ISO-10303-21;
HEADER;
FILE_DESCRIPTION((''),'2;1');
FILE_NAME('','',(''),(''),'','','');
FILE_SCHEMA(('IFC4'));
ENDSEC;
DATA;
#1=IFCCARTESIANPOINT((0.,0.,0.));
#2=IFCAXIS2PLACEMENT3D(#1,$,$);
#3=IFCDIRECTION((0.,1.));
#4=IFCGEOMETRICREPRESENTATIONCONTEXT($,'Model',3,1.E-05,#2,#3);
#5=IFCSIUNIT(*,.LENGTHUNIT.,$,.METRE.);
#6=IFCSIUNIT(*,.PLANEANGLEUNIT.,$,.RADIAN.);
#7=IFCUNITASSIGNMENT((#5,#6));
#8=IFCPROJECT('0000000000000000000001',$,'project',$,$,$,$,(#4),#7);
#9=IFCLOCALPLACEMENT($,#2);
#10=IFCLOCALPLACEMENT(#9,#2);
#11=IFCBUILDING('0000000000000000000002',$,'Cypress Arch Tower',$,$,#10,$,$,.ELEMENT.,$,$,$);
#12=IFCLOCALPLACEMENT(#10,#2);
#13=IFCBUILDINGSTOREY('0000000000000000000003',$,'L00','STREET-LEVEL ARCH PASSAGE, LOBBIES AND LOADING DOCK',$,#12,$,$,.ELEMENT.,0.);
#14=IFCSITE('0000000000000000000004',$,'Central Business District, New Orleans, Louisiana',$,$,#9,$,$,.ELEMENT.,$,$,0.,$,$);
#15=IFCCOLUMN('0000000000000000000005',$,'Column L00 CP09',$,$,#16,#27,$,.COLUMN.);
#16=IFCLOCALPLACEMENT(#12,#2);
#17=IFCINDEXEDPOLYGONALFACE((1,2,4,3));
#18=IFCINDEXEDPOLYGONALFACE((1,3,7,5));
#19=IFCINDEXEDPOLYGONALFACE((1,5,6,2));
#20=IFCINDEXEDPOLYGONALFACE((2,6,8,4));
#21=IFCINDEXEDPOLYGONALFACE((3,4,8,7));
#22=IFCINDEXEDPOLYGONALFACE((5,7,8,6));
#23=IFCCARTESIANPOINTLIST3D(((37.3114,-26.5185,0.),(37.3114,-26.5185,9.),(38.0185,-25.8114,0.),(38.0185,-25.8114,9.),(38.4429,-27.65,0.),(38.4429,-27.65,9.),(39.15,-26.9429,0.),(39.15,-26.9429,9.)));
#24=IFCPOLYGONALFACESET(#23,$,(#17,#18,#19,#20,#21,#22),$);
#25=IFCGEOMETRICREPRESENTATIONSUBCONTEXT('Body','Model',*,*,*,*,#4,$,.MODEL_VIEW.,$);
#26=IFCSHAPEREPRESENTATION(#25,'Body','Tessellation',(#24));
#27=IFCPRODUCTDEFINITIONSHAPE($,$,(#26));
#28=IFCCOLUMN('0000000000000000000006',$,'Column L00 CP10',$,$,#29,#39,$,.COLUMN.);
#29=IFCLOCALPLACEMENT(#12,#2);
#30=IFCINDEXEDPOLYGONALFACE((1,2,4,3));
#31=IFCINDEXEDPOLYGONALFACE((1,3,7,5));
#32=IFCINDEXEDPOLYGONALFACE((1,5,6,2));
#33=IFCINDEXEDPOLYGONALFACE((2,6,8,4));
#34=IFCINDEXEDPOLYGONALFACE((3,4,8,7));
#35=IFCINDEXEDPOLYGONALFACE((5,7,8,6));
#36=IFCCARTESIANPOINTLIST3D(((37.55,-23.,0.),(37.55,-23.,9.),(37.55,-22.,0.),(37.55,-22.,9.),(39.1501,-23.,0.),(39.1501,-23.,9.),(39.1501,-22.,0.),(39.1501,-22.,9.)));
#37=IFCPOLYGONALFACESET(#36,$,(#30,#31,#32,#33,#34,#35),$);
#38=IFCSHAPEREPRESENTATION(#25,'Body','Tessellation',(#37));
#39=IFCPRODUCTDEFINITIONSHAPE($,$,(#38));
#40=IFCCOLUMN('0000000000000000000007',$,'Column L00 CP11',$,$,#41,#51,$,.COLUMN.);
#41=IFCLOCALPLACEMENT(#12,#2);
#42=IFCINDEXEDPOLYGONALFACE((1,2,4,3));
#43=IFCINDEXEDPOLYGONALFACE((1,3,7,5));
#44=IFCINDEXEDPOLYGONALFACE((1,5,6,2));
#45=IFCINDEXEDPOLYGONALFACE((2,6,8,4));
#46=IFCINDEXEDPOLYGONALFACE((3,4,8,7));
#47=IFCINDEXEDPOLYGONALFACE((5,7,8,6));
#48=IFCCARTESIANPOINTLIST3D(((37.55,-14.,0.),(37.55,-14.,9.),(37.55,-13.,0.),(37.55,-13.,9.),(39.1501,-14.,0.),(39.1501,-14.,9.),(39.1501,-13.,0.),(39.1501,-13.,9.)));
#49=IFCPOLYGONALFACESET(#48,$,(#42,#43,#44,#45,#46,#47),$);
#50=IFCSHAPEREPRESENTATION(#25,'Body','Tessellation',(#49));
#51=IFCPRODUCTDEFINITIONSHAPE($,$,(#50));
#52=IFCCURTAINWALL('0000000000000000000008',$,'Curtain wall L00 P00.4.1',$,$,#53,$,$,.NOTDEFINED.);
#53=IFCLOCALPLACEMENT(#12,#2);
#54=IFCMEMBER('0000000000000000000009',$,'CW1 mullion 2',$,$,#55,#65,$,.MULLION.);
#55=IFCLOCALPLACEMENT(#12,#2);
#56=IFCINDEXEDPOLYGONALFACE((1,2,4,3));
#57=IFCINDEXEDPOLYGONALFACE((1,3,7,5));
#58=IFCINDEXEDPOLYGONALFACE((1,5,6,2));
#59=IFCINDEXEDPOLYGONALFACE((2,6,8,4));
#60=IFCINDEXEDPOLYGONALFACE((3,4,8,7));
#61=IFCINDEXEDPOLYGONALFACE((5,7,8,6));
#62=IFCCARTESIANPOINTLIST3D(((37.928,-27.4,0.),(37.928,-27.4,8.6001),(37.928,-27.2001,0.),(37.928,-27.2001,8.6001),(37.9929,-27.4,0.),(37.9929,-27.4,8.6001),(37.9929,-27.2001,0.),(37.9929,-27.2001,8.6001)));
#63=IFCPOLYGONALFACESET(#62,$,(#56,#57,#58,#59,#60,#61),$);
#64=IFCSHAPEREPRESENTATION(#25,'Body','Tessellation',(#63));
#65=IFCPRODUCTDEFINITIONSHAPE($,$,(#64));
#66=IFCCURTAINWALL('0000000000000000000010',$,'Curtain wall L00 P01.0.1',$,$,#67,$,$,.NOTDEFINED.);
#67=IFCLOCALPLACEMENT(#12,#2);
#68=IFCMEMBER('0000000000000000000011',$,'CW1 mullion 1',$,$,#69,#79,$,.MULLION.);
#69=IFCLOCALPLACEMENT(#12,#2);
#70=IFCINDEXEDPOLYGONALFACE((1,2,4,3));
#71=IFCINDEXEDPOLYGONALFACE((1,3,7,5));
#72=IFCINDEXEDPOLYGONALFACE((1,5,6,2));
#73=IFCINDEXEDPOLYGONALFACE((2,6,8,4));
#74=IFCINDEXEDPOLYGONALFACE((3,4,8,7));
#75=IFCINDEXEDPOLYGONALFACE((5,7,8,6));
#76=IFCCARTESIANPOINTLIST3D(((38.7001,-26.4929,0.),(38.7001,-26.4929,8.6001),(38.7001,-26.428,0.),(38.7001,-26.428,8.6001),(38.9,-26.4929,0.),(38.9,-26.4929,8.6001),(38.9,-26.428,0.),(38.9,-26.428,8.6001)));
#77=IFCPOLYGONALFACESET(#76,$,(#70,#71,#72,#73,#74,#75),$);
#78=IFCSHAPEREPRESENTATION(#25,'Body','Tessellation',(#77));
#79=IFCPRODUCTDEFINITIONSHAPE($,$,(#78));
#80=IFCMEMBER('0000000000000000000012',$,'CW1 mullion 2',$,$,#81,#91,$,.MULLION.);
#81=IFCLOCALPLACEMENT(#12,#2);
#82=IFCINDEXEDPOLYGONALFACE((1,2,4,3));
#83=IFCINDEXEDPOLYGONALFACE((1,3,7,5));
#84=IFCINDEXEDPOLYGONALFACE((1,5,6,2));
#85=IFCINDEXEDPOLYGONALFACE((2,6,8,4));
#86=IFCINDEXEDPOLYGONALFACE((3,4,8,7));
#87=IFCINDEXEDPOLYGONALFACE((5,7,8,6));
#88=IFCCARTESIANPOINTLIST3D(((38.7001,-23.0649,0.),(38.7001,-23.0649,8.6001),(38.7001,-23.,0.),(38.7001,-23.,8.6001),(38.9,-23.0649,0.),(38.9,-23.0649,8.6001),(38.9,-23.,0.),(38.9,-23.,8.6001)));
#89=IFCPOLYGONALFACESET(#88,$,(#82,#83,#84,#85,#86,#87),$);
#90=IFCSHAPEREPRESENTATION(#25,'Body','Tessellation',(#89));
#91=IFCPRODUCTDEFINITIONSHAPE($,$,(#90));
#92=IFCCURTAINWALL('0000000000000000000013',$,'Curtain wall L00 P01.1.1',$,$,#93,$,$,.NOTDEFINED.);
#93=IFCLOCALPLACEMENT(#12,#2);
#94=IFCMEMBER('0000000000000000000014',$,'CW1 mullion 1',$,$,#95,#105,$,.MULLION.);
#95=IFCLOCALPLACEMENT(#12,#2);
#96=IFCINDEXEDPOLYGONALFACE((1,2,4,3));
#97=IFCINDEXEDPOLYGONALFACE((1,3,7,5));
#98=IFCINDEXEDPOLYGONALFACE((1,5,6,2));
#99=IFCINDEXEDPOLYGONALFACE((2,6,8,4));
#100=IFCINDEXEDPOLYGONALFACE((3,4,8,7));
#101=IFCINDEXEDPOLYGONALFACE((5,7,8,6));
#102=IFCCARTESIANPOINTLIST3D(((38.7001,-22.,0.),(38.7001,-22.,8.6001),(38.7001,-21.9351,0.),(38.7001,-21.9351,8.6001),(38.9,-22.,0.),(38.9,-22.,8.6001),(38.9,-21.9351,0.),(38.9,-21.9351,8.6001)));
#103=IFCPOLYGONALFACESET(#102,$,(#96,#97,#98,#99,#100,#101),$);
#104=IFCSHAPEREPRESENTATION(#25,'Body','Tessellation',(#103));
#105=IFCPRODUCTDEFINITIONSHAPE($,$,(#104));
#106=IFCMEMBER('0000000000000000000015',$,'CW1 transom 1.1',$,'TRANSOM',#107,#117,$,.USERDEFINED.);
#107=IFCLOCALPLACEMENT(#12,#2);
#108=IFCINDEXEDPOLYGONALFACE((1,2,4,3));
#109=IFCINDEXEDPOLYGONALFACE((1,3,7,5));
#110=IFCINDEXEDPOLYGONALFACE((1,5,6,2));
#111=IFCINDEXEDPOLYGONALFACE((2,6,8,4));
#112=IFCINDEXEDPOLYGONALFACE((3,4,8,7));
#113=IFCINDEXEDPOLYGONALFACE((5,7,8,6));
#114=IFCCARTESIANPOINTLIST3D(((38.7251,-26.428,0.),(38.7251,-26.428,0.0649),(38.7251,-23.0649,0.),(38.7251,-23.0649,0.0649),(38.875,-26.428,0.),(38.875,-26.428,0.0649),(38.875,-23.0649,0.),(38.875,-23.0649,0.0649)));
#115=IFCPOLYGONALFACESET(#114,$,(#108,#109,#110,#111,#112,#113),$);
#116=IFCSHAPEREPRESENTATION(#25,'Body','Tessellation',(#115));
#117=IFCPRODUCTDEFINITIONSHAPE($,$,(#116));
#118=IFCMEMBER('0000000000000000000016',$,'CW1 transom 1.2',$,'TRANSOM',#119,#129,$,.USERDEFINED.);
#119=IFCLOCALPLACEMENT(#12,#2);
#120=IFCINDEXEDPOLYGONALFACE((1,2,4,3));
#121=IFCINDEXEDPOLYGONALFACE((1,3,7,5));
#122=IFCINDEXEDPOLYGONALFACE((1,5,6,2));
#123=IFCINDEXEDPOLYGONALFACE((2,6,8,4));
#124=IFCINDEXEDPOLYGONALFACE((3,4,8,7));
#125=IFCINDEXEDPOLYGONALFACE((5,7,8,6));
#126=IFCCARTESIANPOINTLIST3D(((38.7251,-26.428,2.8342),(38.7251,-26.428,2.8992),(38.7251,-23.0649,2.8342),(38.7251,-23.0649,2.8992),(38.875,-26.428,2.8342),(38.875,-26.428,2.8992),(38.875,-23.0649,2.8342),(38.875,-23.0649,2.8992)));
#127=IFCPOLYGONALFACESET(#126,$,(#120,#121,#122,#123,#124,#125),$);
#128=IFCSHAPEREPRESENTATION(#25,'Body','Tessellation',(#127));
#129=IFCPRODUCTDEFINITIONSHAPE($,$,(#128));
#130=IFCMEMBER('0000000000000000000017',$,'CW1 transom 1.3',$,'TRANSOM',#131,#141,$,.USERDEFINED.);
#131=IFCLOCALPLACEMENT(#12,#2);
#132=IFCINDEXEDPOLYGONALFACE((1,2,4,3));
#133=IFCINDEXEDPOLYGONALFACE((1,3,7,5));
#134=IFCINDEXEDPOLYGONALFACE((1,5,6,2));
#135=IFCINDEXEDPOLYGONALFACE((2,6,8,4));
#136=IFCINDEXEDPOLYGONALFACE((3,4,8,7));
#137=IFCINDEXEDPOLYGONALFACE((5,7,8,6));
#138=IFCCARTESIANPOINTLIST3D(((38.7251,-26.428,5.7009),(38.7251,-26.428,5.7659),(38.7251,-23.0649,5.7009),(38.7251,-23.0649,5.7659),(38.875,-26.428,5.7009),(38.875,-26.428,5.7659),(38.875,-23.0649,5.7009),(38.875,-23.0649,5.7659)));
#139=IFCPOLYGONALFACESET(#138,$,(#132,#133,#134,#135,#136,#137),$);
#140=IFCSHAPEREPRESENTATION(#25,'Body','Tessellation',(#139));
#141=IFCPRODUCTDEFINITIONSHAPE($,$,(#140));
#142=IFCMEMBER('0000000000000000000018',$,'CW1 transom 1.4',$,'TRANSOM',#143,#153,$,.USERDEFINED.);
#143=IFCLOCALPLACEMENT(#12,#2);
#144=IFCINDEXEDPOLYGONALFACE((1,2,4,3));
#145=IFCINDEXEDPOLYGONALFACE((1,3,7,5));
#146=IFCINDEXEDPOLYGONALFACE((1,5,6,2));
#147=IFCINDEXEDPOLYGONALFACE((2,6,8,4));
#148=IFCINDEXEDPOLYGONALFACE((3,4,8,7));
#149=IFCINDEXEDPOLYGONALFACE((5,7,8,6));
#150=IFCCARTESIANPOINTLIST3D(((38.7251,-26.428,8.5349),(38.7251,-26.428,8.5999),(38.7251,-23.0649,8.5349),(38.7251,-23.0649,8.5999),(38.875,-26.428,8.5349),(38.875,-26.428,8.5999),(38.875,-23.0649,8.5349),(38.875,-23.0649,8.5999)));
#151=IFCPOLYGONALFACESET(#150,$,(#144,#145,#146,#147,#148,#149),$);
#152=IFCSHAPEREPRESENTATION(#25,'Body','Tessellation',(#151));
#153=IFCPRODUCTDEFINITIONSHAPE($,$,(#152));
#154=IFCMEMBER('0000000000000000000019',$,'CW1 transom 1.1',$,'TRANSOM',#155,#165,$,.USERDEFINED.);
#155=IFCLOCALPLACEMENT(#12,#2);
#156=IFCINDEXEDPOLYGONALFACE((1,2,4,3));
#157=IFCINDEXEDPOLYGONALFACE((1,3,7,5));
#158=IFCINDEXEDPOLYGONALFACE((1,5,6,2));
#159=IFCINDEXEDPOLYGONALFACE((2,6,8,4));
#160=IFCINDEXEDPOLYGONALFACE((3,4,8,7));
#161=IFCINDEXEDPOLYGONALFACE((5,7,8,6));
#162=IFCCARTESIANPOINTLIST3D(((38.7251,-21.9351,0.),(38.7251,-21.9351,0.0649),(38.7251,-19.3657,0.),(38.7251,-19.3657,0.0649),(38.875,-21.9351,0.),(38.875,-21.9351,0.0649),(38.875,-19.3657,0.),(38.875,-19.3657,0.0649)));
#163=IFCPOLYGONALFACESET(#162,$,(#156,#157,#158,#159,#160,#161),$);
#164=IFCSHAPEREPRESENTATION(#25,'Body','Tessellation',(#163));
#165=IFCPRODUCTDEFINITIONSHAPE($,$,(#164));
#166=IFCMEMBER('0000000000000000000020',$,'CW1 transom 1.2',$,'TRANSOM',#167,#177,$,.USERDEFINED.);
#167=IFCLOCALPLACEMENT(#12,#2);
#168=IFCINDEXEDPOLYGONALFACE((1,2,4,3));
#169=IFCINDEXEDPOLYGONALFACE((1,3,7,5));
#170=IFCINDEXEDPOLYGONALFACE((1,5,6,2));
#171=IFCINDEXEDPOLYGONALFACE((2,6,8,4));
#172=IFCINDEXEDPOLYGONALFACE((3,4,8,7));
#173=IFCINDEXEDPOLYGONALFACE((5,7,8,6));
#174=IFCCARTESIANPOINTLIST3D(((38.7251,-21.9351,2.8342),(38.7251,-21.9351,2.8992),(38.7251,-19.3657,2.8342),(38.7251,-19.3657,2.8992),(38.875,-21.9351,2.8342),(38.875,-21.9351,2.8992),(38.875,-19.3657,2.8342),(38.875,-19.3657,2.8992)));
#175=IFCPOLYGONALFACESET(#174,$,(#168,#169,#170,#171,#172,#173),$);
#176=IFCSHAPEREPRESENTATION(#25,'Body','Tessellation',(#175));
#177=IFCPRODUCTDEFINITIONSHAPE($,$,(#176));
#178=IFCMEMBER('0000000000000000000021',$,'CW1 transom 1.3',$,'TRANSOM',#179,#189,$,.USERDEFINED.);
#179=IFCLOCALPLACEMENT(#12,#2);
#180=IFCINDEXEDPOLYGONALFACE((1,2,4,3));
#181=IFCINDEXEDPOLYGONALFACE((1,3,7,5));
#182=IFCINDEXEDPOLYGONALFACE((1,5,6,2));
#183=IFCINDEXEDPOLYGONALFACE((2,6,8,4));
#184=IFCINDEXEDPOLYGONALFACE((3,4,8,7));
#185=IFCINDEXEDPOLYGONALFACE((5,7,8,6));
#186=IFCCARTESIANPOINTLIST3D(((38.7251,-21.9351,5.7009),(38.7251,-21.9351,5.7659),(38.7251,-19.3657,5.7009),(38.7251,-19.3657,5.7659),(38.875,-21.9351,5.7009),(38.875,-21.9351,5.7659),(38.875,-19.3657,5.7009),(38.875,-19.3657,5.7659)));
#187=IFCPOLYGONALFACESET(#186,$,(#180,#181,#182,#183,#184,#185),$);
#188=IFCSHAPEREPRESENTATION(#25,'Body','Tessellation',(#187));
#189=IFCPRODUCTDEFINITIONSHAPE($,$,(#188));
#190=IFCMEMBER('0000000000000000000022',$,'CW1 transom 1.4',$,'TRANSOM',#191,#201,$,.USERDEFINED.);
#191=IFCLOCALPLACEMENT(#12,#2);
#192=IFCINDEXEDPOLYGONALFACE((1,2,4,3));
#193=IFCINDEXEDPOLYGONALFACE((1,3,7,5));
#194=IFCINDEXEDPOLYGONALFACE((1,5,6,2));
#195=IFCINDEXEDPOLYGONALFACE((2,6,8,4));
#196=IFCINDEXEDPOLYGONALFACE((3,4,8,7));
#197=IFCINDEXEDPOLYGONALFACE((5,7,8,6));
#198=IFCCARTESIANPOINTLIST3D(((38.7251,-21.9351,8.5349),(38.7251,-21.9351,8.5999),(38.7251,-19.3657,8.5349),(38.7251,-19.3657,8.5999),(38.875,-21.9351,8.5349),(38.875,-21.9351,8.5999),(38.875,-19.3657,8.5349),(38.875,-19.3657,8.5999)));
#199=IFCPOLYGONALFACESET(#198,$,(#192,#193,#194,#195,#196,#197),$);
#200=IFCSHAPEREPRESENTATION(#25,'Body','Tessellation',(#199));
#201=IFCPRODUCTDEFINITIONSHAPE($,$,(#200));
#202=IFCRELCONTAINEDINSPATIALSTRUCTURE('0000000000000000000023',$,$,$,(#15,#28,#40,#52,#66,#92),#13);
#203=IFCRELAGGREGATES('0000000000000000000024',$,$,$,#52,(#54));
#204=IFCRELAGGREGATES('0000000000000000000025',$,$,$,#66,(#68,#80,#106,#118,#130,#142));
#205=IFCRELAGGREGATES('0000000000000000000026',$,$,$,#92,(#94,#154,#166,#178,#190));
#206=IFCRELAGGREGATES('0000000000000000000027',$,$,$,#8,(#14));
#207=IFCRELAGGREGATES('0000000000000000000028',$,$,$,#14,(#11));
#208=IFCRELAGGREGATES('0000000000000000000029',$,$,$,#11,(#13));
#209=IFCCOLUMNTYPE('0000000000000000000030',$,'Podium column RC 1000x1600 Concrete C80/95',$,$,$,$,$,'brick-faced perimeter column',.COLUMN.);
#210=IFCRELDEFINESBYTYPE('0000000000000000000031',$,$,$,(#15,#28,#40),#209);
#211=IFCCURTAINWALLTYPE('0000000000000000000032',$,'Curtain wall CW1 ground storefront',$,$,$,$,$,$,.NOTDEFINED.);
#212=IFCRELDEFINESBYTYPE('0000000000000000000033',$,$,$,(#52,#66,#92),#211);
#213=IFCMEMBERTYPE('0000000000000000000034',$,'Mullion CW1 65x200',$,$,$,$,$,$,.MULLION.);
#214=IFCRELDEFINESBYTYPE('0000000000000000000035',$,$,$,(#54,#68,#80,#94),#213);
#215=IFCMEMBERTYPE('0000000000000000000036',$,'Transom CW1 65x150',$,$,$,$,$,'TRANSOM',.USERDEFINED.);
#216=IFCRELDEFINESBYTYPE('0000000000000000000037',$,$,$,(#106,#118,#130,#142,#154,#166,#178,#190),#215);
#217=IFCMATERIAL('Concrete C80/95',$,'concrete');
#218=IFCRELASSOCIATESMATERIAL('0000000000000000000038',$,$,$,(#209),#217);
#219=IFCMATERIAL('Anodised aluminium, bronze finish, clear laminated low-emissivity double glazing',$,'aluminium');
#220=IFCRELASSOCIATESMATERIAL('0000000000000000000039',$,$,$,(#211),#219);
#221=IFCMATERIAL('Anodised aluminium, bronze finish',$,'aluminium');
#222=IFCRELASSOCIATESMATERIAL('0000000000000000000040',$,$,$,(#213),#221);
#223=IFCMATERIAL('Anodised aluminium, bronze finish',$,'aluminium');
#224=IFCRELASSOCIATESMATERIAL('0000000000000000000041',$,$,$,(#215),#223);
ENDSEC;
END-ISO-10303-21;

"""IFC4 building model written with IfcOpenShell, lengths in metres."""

from ifc_helpers import new_model, si_unit, direction, frame, origin, origin_2d, place, context, subcontext, project, spatial, rectangle, extrude, material, material_profile, profile_set, type_object, element, aggregate, save


model = new_model("IFC4")

# Units and contexts
model_context = context("Model", 3, precision=1e-05, world=origin(), true_north=direction((0.0, 1.0)))
body_context = subcontext(model_context, "Body", "Model", "MODEL_VIEW")
ifc_project = project(units=[si_unit("LENGTHUNIT", "METRE"), si_unit("PLANEANGLEUNIT", "RADIAN")], contexts=[model_context])

# Site, building, storey
site_placement = place(None, origin())
site = spatial("IfcSite", under=ifc_project, at=site_placement, Name="Central Business District, New Orleans, Louisiana", CompositionType="ELEMENT", RefElevation=0.0)
building_placement = place(site_placement, origin())
building = spatial("IfcBuilding", under=site, at=building_placement, Name="Cypress Arch Tower", CompositionType="ELEMENT")
storey_placement = place(building_placement, origin())
storey = spatial("IfcBuildingStorey", under=building, at=storey_placement, Name="L00", Description="STREET-LEVEL ARCH PASSAGE, LOBBIES AND LOADING DOCK", CompositionType="ELEMENT", Elevation=0.0)

# Columns
ifc_material_1 = material(Name="Concrete C80/95", Category="concrete")
ifc_material_profile_1 = material_profile(ifc_material_1, rectangle(XDim=1.0, YDim=1.6001, at=origin_2d()), Name="RC 1000x1600")
ifc_profile_set_1 = profile_set([ifc_material_profile_1], Name="Concrete C80/95")
column_type = type_object("IfcColumnType", Name="Podium column RC 1000x1600 Concrete C80/95", ElementType="brick-faced perimeter column", PredefinedType="COLUMN", material=ifc_profile_set_1)
for number, where, z_axis, x_axis, name in (
    (1, (38.2307, -26.7307, 0.0), (0.0, 0.0, 1.0), (0.707107, 0.707107, 0.0), "Column L00 CP09"),
    (2, (38.3501, -22.5, 0.0), (0.0, 0.0, 1.0), (0.0, 1.0, 0.0), "Column L00 CP10"),
    (3, (38.3501, -13.5, 0.0), (0.0, 0.0, 1.0), (0.0, 1.0, 0.0), "Column L00 CP11"),
):
    element("IfcColumn", number, at=place(storey_placement, frame(where, z_axis=z_axis, x_axis=x_axis)), inside=storey, type_object=column_type, Name=name, PredefinedType="COLUMN", context=body_context, shape_type="SweptSolid", body=[
        extrude(rectangle(XDim=1.0, YDim=1.6001, at=origin_2d()), origin(), (0.0, 0.0, 1.0), 9.0),
    ])

# Curtain wall, member
ifc_material_2 = material(Name="Anodised aluminium, bronze finish, clear laminated low-emissivity double glazing", Category="aluminium")
curtain_wall_type = type_object("IfcCurtainWallType", Name="Curtain wall CW1 ground storefront", PredefinedType="NOTDEFINED", material=ifc_material_2)
curtain_wall_1_placement = place(storey_placement, origin())
curtain_wall_1 = element("IfcCurtainWall", 4, at=curtain_wall_1_placement, inside=storey, type_object=curtain_wall_type, Name="Curtain wall L00 P00.4.1", PredefinedType="NOTDEFINED")
ifc_material_3 = material(Name="Anodised aluminium, bronze finish", Category="aluminium")
ifc_material_profile_2 = material_profile(ifc_material_3, rectangle(XDim=0.2, YDim=0.0649, at=origin_2d()), Name="Mullion 65x200")
ifc_profile_set_2 = profile_set([ifc_material_profile_2], Name="Anodised aluminium, bronze finish")
member_type_1 = type_object("IfcMemberType", Name="Mullion CW1 65x200", PredefinedType="MULLION", material=ifc_profile_set_2)
member_1_placement = place(storey_placement, frame((37.9604, -27.3, 0.0), z_axis=(0.0, 0.0, 1.0), x_axis=(0.0, 1.0, 0.0)))
member_1 = element("IfcMember", 5, at=member_1_placement, type_object=member_type_1, Name="CW1 mullion 2", PredefinedType="MULLION", context=body_context, shape_type="SweptSolid", body=[
    extrude(rectangle(XDim=0.2, YDim=0.0649, at=origin_2d()), origin(), (0.0, 0.0, 1.0), 8.6001),
])
aggregate(curtain_wall_1, [member_1])

# Curtain wall, members
curtain_wall_2_placement = place(storey_placement, origin())
curtain_wall_2 = element("IfcCurtainWall", 6, at=curtain_wall_2_placement, inside=storey, type_object=curtain_wall_type, Name="Curtain wall L00 P01.0.1", PredefinedType="NOTDEFINED")
member_2_placement = place(storey_placement, frame((38.8, -26.4604, 0.0), z_axis=(0.0, 0.0, 1.0), x_axis=(-1.0, 0.0, 0.0)))
member_2 = element("IfcMember", 7, at=member_2_placement, type_object=member_type_1, Name="CW1 mullion 1", PredefinedType="MULLION", context=body_context, shape_type="SweptSolid", body=[
    extrude(rectangle(XDim=0.2, YDim=0.0649, at=origin_2d()), origin(), (0.0, 0.0, 1.0), 8.6001),
])
member_3_placement = place(storey_placement, frame((38.8, -23.0325, 0.0), z_axis=(0.0, 0.0, 1.0), x_axis=(-1.0, 0.0, 0.0)))
member_3 = element("IfcMember", 8, at=member_3_placement, type_object=member_type_1, Name="CW1 mullion 2", PredefinedType="MULLION", context=body_context, shape_type="SweptSolid", body=[
    extrude(rectangle(XDim=0.2, YDim=0.0649, at=origin_2d()), origin(), (0.0, 0.0, 1.0), 8.6001),
])

# Curtain wall, member
curtain_wall_3_placement = place(storey_placement, origin())
curtain_wall_3 = element("IfcCurtainWall", 9, at=curtain_wall_3_placement, inside=storey, type_object=curtain_wall_type, Name="Curtain wall L00 P01.1.1", PredefinedType="NOTDEFINED")
member_4_placement = place(storey_placement, frame((38.8, -21.9675, 0.0), z_axis=(0.0, 0.0, 1.0), x_axis=(-1.0, 0.0, 0.0)))
member_4 = element("IfcMember", 10, at=member_4_placement, type_object=member_type_1, Name="CW1 mullion 1", PredefinedType="MULLION", context=body_context, shape_type="SweptSolid", body=[
    extrude(rectangle(XDim=0.2, YDim=0.0649, at=origin_2d()), origin(), (0.0, 0.0, 1.0), 8.6001),
])

# Members
ifc_material_4 = material(Name="Anodised aluminium, bronze finish", Category="aluminium")
ifc_material_profile_3 = material_profile(ifc_material_4, rectangle(XDim=0.1499, YDim=0.0649, at=origin_2d()), Name="Transom 65x150")
ifc_profile_set_3 = profile_set([ifc_material_profile_3], Name="Anodised aluminium, bronze finish")
member_type_2 = type_object("IfcMemberType", Name="Transom CW1 65x150", ElementType="TRANSOM", PredefinedType="USERDEFINED", material=ifc_profile_set_3)
member_5_placement = place(storey_placement, frame((38.8, -26.428, 0.0325), z_axis=(0.0, 1.0, 0.0), x_axis=(-1.0, 0.0, 0.0)))
member_5 = element("IfcMember", 11, at=member_5_placement, type_object=member_type_2, Name="CW1 transom 1.1", ObjectType="TRANSOM", PredefinedType="USERDEFINED", context=body_context, shape_type="SweptSolid", body=[
    extrude(rectangle(XDim=0.1499, YDim=0.0649, at=origin_2d()), origin(), (0.0, 0.0, 1.0), 3.363),
])
member_6_placement = place(storey_placement, frame((38.8, -26.428, 2.8667), z_axis=(0.0, 1.0, 0.0), x_axis=(-1.0, 0.0, 0.0)))
member_6 = element("IfcMember", 12, at=member_6_placement, type_object=member_type_2, Name="CW1 transom 1.2", ObjectType="TRANSOM", PredefinedType="USERDEFINED", context=body_context, shape_type="SweptSolid", body=[
    extrude(rectangle(XDim=0.1499, YDim=0.0649, at=origin_2d()), origin(), (0.0, 0.0, 1.0), 3.363),
])
member_7_placement = place(storey_placement, frame((38.8, -26.428, 5.7334), z_axis=(0.0, 1.0, 0.0), x_axis=(-1.0, 0.0, 0.0)))
member_7 = element("IfcMember", 13, at=member_7_placement, type_object=member_type_2, Name="CW1 transom 1.3", ObjectType="TRANSOM", PredefinedType="USERDEFINED", context=body_context, shape_type="SweptSolid", body=[
    extrude(rectangle(XDim=0.1499, YDim=0.0649, at=origin_2d()), origin(), (0.0, 0.0, 1.0), 3.363),
])
member_8_placement = place(storey_placement, frame((38.8, -26.428, 8.5674), z_axis=(0.0, 1.0, 0.0), x_axis=(-1.0, 0.0, 0.0)))
member_8 = element("IfcMember", 14, at=member_8_placement, type_object=member_type_2, Name="CW1 transom 1.4", ObjectType="TRANSOM", PredefinedType="USERDEFINED", context=body_context, shape_type="SweptSolid", body=[
    extrude(rectangle(XDim=0.1499, YDim=0.0649, at=origin_2d()), origin(), (0.0, 0.0, 1.0), 3.363),
])
member_9_placement = place(storey_placement, frame((38.8, -21.9351, 0.0325), z_axis=(0.0, 1.0, 0.0), x_axis=(-1.0, 0.0, 0.0)))
member_9 = element("IfcMember", 15, at=member_9_placement, type_object=member_type_2, Name="CW1 transom 1.1", ObjectType="TRANSOM", PredefinedType="USERDEFINED", context=body_context, shape_type="SweptSolid", body=[
    extrude(rectangle(XDim=0.1499, YDim=0.0649, at=origin_2d()), origin(), (0.0, 0.0, 1.0), 2.5693),
])
member_10_placement = place(storey_placement, frame((38.8, -21.9351, 2.8667), z_axis=(0.0, 1.0, 0.0), x_axis=(-1.0, 0.0, 0.0)))
member_10 = element("IfcMember", 16, at=member_10_placement, type_object=member_type_2, Name="CW1 transom 1.2", ObjectType="TRANSOM", PredefinedType="USERDEFINED", context=body_context, shape_type="SweptSolid", body=[
    extrude(rectangle(XDim=0.1499, YDim=0.0649, at=origin_2d()), origin(), (0.0, 0.0, 1.0), 2.5693),
])
member_11_placement = place(storey_placement, frame((38.8, -21.9351, 5.7334), z_axis=(0.0, 1.0, 0.0), x_axis=(-1.0, 0.0, 0.0)))
member_11 = element("IfcMember", 17, at=member_11_placement, type_object=member_type_2, Name="CW1 transom 1.3", ObjectType="TRANSOM", PredefinedType="USERDEFINED", context=body_context, shape_type="SweptSolid", body=[
    extrude(rectangle(XDim=0.1499, YDim=0.0649, at=origin_2d()), origin(), (0.0, 0.0, 1.0), 2.5693),
])
member_12_placement = place(storey_placement, frame((38.8, -21.9351, 8.5674), z_axis=(0.0, 1.0, 0.0), x_axis=(-1.0, 0.0, 0.0)))
member_12 = element("IfcMember", 18, at=member_12_placement, type_object=member_type_2, Name="CW1 transom 1.4", ObjectType="TRANSOM", PredefinedType="USERDEFINED", context=body_context, shape_type="SweptSolid", body=[
    extrude(rectangle(XDim=0.1499, YDim=0.0649, at=origin_2d()), origin(), (0.0, 0.0, 1.0), 2.5693),
])

aggregate(curtain_wall_2, [member_2, member_3, member_5, member_6, member_7, member_8])
aggregate(curtain_wall_3, [member_4, member_9, member_10, member_11, member_12])

save(model, "model.ifc")
